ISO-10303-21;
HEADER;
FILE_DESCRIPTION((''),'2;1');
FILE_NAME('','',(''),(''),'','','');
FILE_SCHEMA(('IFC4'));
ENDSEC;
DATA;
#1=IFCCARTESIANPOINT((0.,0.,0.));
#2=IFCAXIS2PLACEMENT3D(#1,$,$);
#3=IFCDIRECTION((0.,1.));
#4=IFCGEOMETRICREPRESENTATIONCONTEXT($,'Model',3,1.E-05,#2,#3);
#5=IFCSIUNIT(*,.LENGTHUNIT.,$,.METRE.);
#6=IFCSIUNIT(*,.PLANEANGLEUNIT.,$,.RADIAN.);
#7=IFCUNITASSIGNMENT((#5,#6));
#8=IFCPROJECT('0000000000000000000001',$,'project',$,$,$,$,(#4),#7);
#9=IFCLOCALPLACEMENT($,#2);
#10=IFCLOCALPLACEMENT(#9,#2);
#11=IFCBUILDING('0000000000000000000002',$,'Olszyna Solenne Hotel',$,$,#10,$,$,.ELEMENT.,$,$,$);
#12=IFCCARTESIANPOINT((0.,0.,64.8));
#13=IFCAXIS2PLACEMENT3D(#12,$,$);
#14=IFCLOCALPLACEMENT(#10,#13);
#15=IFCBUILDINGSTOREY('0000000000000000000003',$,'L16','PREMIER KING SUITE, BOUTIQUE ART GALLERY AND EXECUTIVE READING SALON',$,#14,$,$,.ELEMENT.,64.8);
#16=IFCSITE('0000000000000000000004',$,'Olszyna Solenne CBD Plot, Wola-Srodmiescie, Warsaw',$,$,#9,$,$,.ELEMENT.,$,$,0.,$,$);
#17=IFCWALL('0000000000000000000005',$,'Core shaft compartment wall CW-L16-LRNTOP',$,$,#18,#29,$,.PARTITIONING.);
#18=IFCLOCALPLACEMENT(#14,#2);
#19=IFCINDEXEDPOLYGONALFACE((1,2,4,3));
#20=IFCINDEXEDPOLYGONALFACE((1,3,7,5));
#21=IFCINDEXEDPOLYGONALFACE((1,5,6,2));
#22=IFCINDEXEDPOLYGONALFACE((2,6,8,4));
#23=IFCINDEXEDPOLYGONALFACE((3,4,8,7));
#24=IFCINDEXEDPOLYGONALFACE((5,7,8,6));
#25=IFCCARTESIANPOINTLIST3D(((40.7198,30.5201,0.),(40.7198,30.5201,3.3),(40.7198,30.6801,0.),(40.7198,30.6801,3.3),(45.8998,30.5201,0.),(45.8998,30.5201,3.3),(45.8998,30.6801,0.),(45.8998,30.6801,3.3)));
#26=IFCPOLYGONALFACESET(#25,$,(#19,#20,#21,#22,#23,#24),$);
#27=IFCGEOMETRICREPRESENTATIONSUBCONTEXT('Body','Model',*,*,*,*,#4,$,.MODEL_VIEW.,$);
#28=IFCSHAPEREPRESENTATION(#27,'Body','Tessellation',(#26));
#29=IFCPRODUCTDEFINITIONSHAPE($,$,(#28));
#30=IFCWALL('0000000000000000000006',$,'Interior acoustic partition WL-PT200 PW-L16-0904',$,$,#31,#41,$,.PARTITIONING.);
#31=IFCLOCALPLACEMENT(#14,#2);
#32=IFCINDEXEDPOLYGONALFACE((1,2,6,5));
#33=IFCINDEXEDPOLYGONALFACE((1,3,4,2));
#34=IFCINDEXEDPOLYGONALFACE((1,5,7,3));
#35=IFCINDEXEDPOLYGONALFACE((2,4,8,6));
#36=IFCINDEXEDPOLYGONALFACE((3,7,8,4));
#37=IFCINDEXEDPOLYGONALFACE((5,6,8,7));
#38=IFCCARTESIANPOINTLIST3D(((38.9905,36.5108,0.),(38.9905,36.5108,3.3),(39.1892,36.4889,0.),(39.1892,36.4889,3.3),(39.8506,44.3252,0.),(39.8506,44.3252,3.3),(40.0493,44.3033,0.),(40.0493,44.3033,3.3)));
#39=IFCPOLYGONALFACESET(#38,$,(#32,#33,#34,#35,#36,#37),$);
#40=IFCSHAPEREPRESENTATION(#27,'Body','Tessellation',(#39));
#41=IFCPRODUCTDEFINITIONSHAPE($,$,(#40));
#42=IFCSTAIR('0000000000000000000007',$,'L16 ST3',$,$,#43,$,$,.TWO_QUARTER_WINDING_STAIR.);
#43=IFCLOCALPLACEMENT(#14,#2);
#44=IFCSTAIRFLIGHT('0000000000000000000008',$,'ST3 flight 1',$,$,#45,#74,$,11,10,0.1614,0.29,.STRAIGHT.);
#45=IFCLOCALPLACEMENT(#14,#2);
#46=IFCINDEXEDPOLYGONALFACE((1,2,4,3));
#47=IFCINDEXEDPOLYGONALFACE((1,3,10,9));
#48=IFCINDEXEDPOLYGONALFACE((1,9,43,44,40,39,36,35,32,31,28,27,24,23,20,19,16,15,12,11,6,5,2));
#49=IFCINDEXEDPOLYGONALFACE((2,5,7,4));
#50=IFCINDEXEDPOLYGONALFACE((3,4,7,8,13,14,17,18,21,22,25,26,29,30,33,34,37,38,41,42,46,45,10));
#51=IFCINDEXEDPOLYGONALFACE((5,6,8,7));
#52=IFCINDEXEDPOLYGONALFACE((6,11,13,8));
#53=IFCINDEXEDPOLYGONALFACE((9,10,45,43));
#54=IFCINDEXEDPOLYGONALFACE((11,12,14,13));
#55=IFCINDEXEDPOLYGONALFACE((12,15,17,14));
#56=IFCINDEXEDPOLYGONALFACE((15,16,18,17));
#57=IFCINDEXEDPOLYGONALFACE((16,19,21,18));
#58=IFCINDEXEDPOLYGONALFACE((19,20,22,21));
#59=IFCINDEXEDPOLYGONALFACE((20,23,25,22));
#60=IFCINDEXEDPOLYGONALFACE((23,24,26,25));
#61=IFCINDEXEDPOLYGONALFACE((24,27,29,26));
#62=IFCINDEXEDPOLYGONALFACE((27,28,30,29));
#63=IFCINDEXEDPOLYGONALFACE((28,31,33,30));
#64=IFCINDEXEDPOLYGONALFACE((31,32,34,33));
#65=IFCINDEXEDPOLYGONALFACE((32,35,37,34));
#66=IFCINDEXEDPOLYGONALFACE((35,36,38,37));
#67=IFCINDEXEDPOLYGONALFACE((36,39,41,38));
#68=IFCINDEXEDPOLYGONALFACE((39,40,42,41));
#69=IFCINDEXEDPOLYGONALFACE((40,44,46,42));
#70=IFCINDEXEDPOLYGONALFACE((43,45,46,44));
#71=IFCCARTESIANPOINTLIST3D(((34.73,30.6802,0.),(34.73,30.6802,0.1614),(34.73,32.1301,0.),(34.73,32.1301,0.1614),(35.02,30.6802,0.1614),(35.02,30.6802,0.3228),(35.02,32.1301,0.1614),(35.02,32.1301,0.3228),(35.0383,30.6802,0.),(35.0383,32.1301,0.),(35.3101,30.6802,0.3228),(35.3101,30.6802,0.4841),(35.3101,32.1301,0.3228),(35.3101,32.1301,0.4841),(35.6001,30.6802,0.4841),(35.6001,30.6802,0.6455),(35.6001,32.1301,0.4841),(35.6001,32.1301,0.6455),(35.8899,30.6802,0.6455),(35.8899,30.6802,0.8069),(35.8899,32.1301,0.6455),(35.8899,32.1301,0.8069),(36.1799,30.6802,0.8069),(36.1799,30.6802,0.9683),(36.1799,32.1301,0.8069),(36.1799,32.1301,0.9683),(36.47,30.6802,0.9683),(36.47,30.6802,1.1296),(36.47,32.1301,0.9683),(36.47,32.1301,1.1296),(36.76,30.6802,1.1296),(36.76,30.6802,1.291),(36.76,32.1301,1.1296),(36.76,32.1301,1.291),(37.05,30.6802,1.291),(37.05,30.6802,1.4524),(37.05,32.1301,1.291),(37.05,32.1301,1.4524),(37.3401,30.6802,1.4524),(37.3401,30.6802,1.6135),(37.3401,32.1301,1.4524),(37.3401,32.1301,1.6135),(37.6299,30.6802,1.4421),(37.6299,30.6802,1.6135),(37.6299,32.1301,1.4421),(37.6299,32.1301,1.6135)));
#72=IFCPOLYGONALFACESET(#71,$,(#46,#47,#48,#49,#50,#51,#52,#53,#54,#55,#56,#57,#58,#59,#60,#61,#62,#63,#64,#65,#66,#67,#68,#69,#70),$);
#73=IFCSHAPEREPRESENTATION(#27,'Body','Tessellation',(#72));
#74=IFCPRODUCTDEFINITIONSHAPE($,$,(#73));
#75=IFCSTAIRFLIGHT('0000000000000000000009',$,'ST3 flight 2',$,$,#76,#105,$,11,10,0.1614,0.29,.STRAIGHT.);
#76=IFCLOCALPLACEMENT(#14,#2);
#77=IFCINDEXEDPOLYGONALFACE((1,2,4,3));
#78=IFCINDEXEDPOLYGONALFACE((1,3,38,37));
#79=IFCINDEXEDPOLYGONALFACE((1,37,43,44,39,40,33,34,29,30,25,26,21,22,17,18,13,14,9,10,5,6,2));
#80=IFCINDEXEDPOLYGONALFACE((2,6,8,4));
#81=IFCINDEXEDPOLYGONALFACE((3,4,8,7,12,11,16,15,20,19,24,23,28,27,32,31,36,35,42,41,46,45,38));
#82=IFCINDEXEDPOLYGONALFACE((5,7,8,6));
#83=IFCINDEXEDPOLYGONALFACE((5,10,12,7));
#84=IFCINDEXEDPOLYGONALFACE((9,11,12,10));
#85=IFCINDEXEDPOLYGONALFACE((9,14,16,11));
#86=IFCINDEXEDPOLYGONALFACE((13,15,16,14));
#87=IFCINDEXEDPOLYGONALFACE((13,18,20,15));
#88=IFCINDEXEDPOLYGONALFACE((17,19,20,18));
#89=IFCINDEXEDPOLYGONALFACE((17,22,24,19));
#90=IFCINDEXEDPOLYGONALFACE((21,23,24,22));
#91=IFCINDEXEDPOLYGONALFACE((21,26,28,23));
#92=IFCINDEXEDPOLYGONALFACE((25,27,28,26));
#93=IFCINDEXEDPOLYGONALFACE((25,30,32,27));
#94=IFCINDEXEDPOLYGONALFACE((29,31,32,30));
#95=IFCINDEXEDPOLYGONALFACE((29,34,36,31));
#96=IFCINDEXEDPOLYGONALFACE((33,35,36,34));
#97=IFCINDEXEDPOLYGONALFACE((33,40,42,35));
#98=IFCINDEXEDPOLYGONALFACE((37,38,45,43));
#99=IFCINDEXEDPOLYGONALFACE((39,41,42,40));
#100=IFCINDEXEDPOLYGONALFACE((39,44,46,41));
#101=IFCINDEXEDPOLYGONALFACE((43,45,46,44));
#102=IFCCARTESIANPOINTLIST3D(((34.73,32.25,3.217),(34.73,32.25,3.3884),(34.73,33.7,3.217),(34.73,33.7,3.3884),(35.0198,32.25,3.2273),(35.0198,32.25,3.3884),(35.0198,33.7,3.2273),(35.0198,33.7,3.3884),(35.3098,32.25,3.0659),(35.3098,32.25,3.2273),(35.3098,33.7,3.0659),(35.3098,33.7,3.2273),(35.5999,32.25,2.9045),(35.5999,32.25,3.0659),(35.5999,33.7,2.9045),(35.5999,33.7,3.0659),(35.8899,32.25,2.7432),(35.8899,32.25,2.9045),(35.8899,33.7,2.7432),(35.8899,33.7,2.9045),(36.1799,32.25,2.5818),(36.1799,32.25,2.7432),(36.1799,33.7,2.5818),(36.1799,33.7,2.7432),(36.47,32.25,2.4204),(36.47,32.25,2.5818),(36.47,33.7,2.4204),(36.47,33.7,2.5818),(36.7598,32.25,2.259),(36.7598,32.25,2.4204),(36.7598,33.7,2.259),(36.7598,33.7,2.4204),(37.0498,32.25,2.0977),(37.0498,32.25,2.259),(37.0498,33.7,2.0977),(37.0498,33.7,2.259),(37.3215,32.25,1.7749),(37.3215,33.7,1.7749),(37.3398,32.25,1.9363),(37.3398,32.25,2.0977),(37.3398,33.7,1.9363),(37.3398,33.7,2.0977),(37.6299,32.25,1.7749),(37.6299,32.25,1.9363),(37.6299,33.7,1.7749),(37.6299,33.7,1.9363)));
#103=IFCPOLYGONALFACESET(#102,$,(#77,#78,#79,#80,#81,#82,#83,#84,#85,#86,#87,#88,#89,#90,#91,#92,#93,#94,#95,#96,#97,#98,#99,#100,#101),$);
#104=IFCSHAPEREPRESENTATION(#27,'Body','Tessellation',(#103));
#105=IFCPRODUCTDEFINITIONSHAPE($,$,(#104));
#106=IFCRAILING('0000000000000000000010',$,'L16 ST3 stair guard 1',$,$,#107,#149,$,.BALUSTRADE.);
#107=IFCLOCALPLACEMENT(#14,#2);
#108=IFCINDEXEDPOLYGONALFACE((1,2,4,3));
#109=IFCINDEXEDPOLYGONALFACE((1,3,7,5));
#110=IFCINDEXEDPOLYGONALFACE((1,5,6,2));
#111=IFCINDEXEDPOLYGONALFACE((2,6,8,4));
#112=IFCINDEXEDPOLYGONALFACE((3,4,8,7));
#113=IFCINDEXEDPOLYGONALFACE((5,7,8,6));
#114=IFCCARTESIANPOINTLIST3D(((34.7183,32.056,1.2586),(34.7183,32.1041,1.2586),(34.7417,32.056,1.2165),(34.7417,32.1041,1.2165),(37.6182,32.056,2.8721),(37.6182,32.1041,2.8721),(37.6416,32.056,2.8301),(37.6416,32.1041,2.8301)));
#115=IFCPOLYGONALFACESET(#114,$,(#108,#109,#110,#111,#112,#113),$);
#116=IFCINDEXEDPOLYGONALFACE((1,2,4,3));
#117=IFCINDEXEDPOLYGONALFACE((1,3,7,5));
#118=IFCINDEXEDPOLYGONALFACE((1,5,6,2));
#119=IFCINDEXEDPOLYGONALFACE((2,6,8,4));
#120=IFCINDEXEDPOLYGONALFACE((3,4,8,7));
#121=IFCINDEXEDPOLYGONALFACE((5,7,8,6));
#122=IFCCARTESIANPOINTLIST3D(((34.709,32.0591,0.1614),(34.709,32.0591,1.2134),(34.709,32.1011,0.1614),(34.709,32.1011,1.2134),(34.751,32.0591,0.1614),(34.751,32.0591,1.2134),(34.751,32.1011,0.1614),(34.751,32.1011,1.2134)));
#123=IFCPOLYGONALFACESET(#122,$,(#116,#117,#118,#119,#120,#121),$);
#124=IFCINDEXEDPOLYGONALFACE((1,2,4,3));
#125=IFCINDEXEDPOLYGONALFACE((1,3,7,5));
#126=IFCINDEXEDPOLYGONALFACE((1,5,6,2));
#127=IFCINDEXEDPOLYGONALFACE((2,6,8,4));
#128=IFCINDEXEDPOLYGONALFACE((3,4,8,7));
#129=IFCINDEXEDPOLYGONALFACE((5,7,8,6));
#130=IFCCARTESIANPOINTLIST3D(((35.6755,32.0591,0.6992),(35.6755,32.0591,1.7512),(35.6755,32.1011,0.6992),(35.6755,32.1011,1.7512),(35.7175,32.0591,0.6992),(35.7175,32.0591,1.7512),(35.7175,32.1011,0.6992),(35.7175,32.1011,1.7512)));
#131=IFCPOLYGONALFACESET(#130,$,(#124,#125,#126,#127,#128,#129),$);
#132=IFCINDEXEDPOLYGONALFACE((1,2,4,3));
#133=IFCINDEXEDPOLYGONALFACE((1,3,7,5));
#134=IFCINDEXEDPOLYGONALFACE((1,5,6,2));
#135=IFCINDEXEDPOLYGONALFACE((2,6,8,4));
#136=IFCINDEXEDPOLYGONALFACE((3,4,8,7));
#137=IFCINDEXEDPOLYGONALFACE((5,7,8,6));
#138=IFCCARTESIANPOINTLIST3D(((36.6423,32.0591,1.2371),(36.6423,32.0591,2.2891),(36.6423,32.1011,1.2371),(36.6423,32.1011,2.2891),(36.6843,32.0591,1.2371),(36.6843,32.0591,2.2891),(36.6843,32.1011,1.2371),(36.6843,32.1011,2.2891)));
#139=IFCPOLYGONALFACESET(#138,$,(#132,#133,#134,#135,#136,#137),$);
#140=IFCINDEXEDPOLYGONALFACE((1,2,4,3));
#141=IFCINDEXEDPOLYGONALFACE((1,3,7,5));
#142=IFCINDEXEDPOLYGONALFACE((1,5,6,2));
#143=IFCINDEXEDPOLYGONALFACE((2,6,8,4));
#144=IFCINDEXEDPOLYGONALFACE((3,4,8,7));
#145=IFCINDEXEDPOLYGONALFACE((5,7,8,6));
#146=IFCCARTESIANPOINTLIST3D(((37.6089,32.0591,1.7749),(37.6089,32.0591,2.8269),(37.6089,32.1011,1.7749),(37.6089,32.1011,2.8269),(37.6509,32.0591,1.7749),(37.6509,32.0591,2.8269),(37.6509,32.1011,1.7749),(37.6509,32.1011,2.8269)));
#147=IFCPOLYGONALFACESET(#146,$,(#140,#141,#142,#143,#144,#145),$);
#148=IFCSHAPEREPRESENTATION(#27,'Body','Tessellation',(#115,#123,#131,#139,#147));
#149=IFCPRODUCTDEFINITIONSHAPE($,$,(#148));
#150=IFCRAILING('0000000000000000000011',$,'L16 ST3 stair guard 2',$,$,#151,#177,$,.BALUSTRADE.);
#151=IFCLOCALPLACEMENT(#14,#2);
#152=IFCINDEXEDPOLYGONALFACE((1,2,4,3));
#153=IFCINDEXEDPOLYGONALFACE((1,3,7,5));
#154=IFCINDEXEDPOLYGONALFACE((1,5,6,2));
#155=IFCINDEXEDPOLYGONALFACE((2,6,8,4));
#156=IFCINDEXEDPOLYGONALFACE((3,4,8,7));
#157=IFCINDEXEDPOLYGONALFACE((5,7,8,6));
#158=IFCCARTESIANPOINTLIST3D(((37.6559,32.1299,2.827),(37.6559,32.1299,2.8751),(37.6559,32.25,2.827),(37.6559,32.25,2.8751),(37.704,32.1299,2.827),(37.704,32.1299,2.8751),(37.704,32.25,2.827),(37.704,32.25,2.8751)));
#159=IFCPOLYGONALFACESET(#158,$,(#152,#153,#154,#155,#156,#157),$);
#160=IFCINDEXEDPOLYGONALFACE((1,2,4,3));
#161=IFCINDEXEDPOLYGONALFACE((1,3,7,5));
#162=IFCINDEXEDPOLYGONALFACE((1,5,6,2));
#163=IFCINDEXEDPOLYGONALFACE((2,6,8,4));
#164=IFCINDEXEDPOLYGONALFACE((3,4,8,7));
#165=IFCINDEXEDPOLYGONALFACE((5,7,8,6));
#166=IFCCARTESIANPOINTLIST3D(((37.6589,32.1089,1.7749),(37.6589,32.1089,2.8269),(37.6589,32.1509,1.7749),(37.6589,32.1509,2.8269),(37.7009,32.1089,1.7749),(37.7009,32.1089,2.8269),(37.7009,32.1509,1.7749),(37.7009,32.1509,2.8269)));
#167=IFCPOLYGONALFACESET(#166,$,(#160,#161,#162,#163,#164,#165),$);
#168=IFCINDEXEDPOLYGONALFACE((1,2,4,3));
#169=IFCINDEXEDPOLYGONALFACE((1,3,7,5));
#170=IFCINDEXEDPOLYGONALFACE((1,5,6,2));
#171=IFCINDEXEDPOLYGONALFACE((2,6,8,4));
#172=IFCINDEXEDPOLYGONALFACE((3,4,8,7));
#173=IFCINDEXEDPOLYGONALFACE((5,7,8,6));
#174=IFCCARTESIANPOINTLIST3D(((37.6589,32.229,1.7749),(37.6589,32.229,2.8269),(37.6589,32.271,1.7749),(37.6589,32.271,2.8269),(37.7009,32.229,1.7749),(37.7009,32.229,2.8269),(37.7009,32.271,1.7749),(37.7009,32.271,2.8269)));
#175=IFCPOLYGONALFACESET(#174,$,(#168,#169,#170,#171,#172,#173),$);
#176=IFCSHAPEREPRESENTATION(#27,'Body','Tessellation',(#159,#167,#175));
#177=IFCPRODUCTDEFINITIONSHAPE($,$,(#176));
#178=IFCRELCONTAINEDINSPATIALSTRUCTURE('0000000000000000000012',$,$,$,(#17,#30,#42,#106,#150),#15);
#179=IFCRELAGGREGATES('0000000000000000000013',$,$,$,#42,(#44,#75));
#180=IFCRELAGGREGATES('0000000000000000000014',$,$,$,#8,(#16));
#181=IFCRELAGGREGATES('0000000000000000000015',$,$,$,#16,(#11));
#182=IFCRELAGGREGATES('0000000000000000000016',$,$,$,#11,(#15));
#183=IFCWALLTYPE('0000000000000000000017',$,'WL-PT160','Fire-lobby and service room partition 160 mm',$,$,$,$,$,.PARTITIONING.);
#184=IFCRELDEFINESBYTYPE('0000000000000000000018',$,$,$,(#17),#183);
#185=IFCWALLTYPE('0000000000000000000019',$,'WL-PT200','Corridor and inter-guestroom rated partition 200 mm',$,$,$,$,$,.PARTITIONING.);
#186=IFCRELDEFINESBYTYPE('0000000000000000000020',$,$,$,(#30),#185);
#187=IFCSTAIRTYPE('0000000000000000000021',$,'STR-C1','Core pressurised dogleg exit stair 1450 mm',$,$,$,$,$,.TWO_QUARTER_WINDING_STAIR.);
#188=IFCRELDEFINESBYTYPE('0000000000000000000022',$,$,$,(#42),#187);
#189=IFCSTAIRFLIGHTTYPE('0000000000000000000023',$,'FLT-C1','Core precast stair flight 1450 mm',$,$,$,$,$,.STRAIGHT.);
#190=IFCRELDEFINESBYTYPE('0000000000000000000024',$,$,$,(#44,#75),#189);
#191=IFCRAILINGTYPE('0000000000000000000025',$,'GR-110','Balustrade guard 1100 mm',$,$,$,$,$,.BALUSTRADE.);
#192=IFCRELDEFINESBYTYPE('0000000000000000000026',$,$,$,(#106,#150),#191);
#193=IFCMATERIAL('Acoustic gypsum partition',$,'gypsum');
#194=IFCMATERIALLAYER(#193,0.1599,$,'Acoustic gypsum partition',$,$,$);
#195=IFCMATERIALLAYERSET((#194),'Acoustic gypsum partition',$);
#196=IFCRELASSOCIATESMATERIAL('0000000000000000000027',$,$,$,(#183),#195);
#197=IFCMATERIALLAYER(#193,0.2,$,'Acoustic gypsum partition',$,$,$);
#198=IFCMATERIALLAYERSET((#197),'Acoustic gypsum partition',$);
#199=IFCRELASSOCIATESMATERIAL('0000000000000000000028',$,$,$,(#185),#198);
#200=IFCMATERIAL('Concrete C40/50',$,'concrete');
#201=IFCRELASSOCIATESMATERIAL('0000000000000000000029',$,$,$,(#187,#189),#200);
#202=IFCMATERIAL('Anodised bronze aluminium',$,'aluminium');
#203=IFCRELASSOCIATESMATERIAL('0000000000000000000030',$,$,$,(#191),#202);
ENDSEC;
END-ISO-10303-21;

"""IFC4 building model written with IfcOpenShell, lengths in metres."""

from ifc_helpers import new_model, si_unit, direction, frame, frame_2d, origin, origin_2d, place, context, subcontext, project, spatial, polyline, rectangle, outline, extrude, material, layer, layer_set, type_object, element, aggregate, save


model = new_model("IFC4")

# Units and contexts
model_context = context("Model", 3, precision=1e-05, world=origin(), true_north=direction((0.0, 1.0)))
body_context = subcontext(model_context, "Body", "Model", "MODEL_VIEW")
ifc_project = project(units=[si_unit("LENGTHUNIT", "METRE"), si_unit("PLANEANGLEUNIT", "RADIAN")], contexts=[model_context])

# Site, building, storey
site_placement = place(None, origin())
site = spatial("IfcSite", under=ifc_project, at=site_placement, Name="Olszyna Solenne CBD Plot, Wola-Srodmiescie, Warsaw", CompositionType="ELEMENT", RefElevation=0.0)
building_placement = place(site_placement, origin())
building = spatial("IfcBuilding", under=site, at=building_placement, Name="Olszyna Solenne Hotel", CompositionType="ELEMENT")
storey_placement = place(building_placement, frame((0.0, 0.0, 64.8)))
storey = spatial("IfcBuildingStorey", under=building, at=storey_placement, Name="L16", Description="PREMIER KING SUITE, BOUTIQUE ART GALLERY AND EXECUTIVE READING SALON", CompositionType="ELEMENT", Elevation=64.8)

# Shared definitions
ifc_material_1 = material(Name="Anodised bronze aluminium", Category="aluminium")

# Shared definitions
ifc_material_2 = material(Name="Acoustic gypsum partition", Category="gypsum")

# Walls
ifc_layer_1 = layer(ifc_material_2, 0.1599, Name="Acoustic gypsum partition")
ifc_layer_set_1 = layer_set([ifc_layer_1], Name="Acoustic gypsum partition")
wall_type_1 = type_object("IfcWallType", Name="WL-PT160", Description="Fire-lobby and service room partition 160 mm", PredefinedType="PARTITIONING", material=ifc_layer_set_1)
wall_1_placement = place(storey_placement, frame((40.72, 30.6001, 0.0), z_axis=(0.0, 0.0, 1.0), x_axis=(1.0, 0.0, 0.0)))
element("IfcWall", 1, at=wall_1_placement, inside=storey, type_object=wall_type_1, Name="Core shaft compartment wall CW-L16-LRNTOP", PredefinedType="PARTITIONING", context=body_context, shape_type="SweptSolid", body=[
    extrude(rectangle(XDim=5.1799, YDim=0.1599, at=frame_2d((2.5898, 0.0))), origin(), (0.0, 0.0, 1.0), 3.3),
])
ifc_layer_2 = layer(ifc_material_2, 0.2, Name="Acoustic gypsum partition")
ifc_layer_set_2 = layer_set([ifc_layer_2], Name="Acoustic gypsum partition")
wall_type_2 = type_object("IfcWallType", Name="WL-PT200", Description="Corridor and inter-guestroom rated partition 200 mm", PredefinedType="PARTITIONING", material=ifc_layer_set_2)
wall_2_placement = place(storey_placement, frame((39.0898, 36.5, 0.0), z_axis=(0.0, 0.0, 1.0), x_axis=(0.109406, 0.993997, 0.0)))
element("IfcWall", 2, at=wall_2_placement, inside=storey, type_object=wall_type_2, Name="Interior acoustic partition WL-PT200 PW-L16-0904", PredefinedType="PARTITIONING", context=body_context, shape_type="SweptSolid", body=[
    extrude(rectangle(XDim=7.8616, YDim=0.2, at=frame_2d((3.9307, 0.0))), origin(), (0.0, 0.0, 1.0), 3.3),
])

# Stair, stair flights
ifc_material_3 = material(Name="Concrete C40/50", Category="concrete")
stair_type = type_object("IfcStairType", Name="STR-C1", Description="Core pressurised dogleg exit stair 1450 mm", PredefinedType="TWO_QUARTER_WINDING_STAIR", material=ifc_material_3)
stair_placement = place(storey_placement, origin())
stair = element("IfcStair", 3, at=stair_placement, inside=storey, type_object=stair_type, Name="L16 ST3", PredefinedType="TWO_QUARTER_WINDING_STAIR")
stair_flight_type = type_object("IfcStairFlightType", Name="FLT-C1", Description="Core precast stair flight 1450 mm", PredefinedType="STRAIGHT", material=ifc_material_3)
stair_flight_1_placement = place(storey_placement, frame((34.73, 31.405, 0.0), z_axis=(0.0, 0.0, 1.0), x_axis=(1.0, 0.0, 0.0)))
stair_flight_1 = element("IfcStairFlight", 4, at=stair_flight_1_placement, type_object=stair_flight_type, Name="ST3 flight 1", NumberOfRisers=11, NumberOfTreads=10, PredefinedType="STRAIGHT", RiserHeight=0.1614, TreadLength=0.29, context=body_context, shape_type="SweptSolid", body=[
    extrude(outline(polyline([(0.0, 0.0), (0.0, 0.1614), (0.29, 0.1614), (0.29, 0.3228), (0.5801, 0.3228), (0.5801, 0.4841), (0.8701, 0.4841), (0.8701, 0.6455), (1.1599, 0.6455), (1.1599, 0.8069), (1.45, 0.8069), (1.45, 0.9683), (1.74, 0.9683), (1.74, 1.1296), (2.03, 1.1296), (2.03, 1.291), (2.3201, 1.291), (2.3201, 1.4524), (2.6101, 1.4524), (2.6101, 1.6135), (2.8999, 1.6135), (2.8999, 1.7749), (2.8999, 1.4421), (0.3083, 0.0), (0.0, 0.0)])), frame((0.0, 0.7251, 0.0), z_axis=(0.0, -1.0, 0.0), x_axis=(1.0, 0.0, 0.0)), (0.0, 0.0, 1.0), 1.45),
])
stair_flight_2_placement = place(storey_placement, frame((37.6299, 32.9751, 1.7749), z_axis=(0.0, 0.0, 1.0), x_axis=(-1.0, 0.0, 0.0)))
stair_flight_2 = element("IfcStairFlight", 5, at=stair_flight_2_placement, type_object=stair_flight_type, Name="ST3 flight 2", NumberOfRisers=11, NumberOfTreads=10, PredefinedType="STRAIGHT", RiserHeight=0.1614, TreadLength=0.29, context=body_context, shape_type="SweptSolid", body=[
    extrude(outline(polyline([(0.0, 0.0), (0.0, 0.1614), (0.29, 0.1614), (0.29, 0.3228), (0.5801, 0.3228), (0.5801, 0.4841), (0.8701, 0.4841), (0.8701, 0.6455), (1.1599, 0.6455), (1.1599, 0.8069), (1.45, 0.8069), (1.45, 0.9683), (1.74, 0.9683), (1.74, 1.1296), (2.03, 1.1296), (2.03, 1.291), (2.3201, 1.291), (2.3201, 1.4524), (2.6101, 1.4524), (2.6101, 1.6135), (2.8999, 1.6135), (2.8999, 1.7749), (2.8999, 1.4421), (0.3083, 0.0), (0.0, 0.0)])), frame((0.0, 0.7251, 0.0), z_axis=(0.0, -1.0, 0.0), x_axis=(1.0, 0.0, 0.0)), (0.0, 0.0, 1.0), 1.45),
])
aggregate(stair, [stair_flight_1, stair_flight_2])

# Railings
railing_type_1 = type_object("IfcRailingType", Name="GR-110", Description="Balustrade guard 1100 mm", PredefinedType="BALUSTRADE", material=ifc_material_1)
railing_1_placement = place(storey_placement, frame((34.73, 32.0801, 0.1614)))
element("IfcRailing", 6, at=railing_1_placement, inside=storey, type_object=railing_type_1, Name="L16 ST3 stair guard 1", PredefinedType="BALUSTRADE", context=body_context, shape_type="SweptSolid", body=[
    extrude(rectangle(XDim=0.0481, YDim=0.0481, at=origin_2d()), frame((0.0, 0.0, 1.0762), z_axis=(0.873841, 0.0, 0.486211), x_axis=(0.0, 1.0, 0.0)), (0.0, 0.0, 1.0), 3.3186),
    extrude(rectangle(XDim=0.042, YDim=0.042, at=origin_2d()), origin(), (0.0, 0.0, 1.0), 1.052),
    extrude(rectangle(XDim=0.042, YDim=0.042, at=origin_2d()), frame((0.9666, 0.0, 0.5378)), (0.0, 0.0, 1.0), 1.052),
    extrude(rectangle(XDim=0.042, YDim=0.042, at=origin_2d()), frame((1.9333, 0.0, 1.0757)), (0.0, 0.0, 1.0), 1.052),
    extrude(rectangle(XDim=0.042, YDim=0.042, at=origin_2d()), frame((2.8999, 0.0, 1.6135)), (0.0, 0.0, 1.0), 1.052),
])
railing_2_placement = place(storey_placement, frame((37.6799, 32.1299, 1.7749)))
element("IfcRailing", 7, at=railing_2_placement, inside=storey, type_object=railing_type_1, Name="L16 ST3 stair guard 2", PredefinedType="BALUSTRADE", context=body_context, shape_type="SweptSolid", body=[
    extrude(rectangle(XDim=0.0481, YDim=0.0481, at=origin_2d()), frame((0.0, 0.0, 1.0762), z_axis=(0.0, 1.0, 0.0), x_axis=(-1.0, 0.0, 0.0)), (0.0, 0.0, 1.0), 0.1201),
    extrude(rectangle(XDim=0.042, YDim=0.042, at=origin_2d()), origin(), (0.0, 0.0, 1.0), 1.052),
    extrude(rectangle(XDim=0.042, YDim=0.042, at=origin_2d()), frame((0.0, 0.1201, 0.0)), (0.0, 0.0, 1.0), 1.052),
])

save(model, "model.ifc")
